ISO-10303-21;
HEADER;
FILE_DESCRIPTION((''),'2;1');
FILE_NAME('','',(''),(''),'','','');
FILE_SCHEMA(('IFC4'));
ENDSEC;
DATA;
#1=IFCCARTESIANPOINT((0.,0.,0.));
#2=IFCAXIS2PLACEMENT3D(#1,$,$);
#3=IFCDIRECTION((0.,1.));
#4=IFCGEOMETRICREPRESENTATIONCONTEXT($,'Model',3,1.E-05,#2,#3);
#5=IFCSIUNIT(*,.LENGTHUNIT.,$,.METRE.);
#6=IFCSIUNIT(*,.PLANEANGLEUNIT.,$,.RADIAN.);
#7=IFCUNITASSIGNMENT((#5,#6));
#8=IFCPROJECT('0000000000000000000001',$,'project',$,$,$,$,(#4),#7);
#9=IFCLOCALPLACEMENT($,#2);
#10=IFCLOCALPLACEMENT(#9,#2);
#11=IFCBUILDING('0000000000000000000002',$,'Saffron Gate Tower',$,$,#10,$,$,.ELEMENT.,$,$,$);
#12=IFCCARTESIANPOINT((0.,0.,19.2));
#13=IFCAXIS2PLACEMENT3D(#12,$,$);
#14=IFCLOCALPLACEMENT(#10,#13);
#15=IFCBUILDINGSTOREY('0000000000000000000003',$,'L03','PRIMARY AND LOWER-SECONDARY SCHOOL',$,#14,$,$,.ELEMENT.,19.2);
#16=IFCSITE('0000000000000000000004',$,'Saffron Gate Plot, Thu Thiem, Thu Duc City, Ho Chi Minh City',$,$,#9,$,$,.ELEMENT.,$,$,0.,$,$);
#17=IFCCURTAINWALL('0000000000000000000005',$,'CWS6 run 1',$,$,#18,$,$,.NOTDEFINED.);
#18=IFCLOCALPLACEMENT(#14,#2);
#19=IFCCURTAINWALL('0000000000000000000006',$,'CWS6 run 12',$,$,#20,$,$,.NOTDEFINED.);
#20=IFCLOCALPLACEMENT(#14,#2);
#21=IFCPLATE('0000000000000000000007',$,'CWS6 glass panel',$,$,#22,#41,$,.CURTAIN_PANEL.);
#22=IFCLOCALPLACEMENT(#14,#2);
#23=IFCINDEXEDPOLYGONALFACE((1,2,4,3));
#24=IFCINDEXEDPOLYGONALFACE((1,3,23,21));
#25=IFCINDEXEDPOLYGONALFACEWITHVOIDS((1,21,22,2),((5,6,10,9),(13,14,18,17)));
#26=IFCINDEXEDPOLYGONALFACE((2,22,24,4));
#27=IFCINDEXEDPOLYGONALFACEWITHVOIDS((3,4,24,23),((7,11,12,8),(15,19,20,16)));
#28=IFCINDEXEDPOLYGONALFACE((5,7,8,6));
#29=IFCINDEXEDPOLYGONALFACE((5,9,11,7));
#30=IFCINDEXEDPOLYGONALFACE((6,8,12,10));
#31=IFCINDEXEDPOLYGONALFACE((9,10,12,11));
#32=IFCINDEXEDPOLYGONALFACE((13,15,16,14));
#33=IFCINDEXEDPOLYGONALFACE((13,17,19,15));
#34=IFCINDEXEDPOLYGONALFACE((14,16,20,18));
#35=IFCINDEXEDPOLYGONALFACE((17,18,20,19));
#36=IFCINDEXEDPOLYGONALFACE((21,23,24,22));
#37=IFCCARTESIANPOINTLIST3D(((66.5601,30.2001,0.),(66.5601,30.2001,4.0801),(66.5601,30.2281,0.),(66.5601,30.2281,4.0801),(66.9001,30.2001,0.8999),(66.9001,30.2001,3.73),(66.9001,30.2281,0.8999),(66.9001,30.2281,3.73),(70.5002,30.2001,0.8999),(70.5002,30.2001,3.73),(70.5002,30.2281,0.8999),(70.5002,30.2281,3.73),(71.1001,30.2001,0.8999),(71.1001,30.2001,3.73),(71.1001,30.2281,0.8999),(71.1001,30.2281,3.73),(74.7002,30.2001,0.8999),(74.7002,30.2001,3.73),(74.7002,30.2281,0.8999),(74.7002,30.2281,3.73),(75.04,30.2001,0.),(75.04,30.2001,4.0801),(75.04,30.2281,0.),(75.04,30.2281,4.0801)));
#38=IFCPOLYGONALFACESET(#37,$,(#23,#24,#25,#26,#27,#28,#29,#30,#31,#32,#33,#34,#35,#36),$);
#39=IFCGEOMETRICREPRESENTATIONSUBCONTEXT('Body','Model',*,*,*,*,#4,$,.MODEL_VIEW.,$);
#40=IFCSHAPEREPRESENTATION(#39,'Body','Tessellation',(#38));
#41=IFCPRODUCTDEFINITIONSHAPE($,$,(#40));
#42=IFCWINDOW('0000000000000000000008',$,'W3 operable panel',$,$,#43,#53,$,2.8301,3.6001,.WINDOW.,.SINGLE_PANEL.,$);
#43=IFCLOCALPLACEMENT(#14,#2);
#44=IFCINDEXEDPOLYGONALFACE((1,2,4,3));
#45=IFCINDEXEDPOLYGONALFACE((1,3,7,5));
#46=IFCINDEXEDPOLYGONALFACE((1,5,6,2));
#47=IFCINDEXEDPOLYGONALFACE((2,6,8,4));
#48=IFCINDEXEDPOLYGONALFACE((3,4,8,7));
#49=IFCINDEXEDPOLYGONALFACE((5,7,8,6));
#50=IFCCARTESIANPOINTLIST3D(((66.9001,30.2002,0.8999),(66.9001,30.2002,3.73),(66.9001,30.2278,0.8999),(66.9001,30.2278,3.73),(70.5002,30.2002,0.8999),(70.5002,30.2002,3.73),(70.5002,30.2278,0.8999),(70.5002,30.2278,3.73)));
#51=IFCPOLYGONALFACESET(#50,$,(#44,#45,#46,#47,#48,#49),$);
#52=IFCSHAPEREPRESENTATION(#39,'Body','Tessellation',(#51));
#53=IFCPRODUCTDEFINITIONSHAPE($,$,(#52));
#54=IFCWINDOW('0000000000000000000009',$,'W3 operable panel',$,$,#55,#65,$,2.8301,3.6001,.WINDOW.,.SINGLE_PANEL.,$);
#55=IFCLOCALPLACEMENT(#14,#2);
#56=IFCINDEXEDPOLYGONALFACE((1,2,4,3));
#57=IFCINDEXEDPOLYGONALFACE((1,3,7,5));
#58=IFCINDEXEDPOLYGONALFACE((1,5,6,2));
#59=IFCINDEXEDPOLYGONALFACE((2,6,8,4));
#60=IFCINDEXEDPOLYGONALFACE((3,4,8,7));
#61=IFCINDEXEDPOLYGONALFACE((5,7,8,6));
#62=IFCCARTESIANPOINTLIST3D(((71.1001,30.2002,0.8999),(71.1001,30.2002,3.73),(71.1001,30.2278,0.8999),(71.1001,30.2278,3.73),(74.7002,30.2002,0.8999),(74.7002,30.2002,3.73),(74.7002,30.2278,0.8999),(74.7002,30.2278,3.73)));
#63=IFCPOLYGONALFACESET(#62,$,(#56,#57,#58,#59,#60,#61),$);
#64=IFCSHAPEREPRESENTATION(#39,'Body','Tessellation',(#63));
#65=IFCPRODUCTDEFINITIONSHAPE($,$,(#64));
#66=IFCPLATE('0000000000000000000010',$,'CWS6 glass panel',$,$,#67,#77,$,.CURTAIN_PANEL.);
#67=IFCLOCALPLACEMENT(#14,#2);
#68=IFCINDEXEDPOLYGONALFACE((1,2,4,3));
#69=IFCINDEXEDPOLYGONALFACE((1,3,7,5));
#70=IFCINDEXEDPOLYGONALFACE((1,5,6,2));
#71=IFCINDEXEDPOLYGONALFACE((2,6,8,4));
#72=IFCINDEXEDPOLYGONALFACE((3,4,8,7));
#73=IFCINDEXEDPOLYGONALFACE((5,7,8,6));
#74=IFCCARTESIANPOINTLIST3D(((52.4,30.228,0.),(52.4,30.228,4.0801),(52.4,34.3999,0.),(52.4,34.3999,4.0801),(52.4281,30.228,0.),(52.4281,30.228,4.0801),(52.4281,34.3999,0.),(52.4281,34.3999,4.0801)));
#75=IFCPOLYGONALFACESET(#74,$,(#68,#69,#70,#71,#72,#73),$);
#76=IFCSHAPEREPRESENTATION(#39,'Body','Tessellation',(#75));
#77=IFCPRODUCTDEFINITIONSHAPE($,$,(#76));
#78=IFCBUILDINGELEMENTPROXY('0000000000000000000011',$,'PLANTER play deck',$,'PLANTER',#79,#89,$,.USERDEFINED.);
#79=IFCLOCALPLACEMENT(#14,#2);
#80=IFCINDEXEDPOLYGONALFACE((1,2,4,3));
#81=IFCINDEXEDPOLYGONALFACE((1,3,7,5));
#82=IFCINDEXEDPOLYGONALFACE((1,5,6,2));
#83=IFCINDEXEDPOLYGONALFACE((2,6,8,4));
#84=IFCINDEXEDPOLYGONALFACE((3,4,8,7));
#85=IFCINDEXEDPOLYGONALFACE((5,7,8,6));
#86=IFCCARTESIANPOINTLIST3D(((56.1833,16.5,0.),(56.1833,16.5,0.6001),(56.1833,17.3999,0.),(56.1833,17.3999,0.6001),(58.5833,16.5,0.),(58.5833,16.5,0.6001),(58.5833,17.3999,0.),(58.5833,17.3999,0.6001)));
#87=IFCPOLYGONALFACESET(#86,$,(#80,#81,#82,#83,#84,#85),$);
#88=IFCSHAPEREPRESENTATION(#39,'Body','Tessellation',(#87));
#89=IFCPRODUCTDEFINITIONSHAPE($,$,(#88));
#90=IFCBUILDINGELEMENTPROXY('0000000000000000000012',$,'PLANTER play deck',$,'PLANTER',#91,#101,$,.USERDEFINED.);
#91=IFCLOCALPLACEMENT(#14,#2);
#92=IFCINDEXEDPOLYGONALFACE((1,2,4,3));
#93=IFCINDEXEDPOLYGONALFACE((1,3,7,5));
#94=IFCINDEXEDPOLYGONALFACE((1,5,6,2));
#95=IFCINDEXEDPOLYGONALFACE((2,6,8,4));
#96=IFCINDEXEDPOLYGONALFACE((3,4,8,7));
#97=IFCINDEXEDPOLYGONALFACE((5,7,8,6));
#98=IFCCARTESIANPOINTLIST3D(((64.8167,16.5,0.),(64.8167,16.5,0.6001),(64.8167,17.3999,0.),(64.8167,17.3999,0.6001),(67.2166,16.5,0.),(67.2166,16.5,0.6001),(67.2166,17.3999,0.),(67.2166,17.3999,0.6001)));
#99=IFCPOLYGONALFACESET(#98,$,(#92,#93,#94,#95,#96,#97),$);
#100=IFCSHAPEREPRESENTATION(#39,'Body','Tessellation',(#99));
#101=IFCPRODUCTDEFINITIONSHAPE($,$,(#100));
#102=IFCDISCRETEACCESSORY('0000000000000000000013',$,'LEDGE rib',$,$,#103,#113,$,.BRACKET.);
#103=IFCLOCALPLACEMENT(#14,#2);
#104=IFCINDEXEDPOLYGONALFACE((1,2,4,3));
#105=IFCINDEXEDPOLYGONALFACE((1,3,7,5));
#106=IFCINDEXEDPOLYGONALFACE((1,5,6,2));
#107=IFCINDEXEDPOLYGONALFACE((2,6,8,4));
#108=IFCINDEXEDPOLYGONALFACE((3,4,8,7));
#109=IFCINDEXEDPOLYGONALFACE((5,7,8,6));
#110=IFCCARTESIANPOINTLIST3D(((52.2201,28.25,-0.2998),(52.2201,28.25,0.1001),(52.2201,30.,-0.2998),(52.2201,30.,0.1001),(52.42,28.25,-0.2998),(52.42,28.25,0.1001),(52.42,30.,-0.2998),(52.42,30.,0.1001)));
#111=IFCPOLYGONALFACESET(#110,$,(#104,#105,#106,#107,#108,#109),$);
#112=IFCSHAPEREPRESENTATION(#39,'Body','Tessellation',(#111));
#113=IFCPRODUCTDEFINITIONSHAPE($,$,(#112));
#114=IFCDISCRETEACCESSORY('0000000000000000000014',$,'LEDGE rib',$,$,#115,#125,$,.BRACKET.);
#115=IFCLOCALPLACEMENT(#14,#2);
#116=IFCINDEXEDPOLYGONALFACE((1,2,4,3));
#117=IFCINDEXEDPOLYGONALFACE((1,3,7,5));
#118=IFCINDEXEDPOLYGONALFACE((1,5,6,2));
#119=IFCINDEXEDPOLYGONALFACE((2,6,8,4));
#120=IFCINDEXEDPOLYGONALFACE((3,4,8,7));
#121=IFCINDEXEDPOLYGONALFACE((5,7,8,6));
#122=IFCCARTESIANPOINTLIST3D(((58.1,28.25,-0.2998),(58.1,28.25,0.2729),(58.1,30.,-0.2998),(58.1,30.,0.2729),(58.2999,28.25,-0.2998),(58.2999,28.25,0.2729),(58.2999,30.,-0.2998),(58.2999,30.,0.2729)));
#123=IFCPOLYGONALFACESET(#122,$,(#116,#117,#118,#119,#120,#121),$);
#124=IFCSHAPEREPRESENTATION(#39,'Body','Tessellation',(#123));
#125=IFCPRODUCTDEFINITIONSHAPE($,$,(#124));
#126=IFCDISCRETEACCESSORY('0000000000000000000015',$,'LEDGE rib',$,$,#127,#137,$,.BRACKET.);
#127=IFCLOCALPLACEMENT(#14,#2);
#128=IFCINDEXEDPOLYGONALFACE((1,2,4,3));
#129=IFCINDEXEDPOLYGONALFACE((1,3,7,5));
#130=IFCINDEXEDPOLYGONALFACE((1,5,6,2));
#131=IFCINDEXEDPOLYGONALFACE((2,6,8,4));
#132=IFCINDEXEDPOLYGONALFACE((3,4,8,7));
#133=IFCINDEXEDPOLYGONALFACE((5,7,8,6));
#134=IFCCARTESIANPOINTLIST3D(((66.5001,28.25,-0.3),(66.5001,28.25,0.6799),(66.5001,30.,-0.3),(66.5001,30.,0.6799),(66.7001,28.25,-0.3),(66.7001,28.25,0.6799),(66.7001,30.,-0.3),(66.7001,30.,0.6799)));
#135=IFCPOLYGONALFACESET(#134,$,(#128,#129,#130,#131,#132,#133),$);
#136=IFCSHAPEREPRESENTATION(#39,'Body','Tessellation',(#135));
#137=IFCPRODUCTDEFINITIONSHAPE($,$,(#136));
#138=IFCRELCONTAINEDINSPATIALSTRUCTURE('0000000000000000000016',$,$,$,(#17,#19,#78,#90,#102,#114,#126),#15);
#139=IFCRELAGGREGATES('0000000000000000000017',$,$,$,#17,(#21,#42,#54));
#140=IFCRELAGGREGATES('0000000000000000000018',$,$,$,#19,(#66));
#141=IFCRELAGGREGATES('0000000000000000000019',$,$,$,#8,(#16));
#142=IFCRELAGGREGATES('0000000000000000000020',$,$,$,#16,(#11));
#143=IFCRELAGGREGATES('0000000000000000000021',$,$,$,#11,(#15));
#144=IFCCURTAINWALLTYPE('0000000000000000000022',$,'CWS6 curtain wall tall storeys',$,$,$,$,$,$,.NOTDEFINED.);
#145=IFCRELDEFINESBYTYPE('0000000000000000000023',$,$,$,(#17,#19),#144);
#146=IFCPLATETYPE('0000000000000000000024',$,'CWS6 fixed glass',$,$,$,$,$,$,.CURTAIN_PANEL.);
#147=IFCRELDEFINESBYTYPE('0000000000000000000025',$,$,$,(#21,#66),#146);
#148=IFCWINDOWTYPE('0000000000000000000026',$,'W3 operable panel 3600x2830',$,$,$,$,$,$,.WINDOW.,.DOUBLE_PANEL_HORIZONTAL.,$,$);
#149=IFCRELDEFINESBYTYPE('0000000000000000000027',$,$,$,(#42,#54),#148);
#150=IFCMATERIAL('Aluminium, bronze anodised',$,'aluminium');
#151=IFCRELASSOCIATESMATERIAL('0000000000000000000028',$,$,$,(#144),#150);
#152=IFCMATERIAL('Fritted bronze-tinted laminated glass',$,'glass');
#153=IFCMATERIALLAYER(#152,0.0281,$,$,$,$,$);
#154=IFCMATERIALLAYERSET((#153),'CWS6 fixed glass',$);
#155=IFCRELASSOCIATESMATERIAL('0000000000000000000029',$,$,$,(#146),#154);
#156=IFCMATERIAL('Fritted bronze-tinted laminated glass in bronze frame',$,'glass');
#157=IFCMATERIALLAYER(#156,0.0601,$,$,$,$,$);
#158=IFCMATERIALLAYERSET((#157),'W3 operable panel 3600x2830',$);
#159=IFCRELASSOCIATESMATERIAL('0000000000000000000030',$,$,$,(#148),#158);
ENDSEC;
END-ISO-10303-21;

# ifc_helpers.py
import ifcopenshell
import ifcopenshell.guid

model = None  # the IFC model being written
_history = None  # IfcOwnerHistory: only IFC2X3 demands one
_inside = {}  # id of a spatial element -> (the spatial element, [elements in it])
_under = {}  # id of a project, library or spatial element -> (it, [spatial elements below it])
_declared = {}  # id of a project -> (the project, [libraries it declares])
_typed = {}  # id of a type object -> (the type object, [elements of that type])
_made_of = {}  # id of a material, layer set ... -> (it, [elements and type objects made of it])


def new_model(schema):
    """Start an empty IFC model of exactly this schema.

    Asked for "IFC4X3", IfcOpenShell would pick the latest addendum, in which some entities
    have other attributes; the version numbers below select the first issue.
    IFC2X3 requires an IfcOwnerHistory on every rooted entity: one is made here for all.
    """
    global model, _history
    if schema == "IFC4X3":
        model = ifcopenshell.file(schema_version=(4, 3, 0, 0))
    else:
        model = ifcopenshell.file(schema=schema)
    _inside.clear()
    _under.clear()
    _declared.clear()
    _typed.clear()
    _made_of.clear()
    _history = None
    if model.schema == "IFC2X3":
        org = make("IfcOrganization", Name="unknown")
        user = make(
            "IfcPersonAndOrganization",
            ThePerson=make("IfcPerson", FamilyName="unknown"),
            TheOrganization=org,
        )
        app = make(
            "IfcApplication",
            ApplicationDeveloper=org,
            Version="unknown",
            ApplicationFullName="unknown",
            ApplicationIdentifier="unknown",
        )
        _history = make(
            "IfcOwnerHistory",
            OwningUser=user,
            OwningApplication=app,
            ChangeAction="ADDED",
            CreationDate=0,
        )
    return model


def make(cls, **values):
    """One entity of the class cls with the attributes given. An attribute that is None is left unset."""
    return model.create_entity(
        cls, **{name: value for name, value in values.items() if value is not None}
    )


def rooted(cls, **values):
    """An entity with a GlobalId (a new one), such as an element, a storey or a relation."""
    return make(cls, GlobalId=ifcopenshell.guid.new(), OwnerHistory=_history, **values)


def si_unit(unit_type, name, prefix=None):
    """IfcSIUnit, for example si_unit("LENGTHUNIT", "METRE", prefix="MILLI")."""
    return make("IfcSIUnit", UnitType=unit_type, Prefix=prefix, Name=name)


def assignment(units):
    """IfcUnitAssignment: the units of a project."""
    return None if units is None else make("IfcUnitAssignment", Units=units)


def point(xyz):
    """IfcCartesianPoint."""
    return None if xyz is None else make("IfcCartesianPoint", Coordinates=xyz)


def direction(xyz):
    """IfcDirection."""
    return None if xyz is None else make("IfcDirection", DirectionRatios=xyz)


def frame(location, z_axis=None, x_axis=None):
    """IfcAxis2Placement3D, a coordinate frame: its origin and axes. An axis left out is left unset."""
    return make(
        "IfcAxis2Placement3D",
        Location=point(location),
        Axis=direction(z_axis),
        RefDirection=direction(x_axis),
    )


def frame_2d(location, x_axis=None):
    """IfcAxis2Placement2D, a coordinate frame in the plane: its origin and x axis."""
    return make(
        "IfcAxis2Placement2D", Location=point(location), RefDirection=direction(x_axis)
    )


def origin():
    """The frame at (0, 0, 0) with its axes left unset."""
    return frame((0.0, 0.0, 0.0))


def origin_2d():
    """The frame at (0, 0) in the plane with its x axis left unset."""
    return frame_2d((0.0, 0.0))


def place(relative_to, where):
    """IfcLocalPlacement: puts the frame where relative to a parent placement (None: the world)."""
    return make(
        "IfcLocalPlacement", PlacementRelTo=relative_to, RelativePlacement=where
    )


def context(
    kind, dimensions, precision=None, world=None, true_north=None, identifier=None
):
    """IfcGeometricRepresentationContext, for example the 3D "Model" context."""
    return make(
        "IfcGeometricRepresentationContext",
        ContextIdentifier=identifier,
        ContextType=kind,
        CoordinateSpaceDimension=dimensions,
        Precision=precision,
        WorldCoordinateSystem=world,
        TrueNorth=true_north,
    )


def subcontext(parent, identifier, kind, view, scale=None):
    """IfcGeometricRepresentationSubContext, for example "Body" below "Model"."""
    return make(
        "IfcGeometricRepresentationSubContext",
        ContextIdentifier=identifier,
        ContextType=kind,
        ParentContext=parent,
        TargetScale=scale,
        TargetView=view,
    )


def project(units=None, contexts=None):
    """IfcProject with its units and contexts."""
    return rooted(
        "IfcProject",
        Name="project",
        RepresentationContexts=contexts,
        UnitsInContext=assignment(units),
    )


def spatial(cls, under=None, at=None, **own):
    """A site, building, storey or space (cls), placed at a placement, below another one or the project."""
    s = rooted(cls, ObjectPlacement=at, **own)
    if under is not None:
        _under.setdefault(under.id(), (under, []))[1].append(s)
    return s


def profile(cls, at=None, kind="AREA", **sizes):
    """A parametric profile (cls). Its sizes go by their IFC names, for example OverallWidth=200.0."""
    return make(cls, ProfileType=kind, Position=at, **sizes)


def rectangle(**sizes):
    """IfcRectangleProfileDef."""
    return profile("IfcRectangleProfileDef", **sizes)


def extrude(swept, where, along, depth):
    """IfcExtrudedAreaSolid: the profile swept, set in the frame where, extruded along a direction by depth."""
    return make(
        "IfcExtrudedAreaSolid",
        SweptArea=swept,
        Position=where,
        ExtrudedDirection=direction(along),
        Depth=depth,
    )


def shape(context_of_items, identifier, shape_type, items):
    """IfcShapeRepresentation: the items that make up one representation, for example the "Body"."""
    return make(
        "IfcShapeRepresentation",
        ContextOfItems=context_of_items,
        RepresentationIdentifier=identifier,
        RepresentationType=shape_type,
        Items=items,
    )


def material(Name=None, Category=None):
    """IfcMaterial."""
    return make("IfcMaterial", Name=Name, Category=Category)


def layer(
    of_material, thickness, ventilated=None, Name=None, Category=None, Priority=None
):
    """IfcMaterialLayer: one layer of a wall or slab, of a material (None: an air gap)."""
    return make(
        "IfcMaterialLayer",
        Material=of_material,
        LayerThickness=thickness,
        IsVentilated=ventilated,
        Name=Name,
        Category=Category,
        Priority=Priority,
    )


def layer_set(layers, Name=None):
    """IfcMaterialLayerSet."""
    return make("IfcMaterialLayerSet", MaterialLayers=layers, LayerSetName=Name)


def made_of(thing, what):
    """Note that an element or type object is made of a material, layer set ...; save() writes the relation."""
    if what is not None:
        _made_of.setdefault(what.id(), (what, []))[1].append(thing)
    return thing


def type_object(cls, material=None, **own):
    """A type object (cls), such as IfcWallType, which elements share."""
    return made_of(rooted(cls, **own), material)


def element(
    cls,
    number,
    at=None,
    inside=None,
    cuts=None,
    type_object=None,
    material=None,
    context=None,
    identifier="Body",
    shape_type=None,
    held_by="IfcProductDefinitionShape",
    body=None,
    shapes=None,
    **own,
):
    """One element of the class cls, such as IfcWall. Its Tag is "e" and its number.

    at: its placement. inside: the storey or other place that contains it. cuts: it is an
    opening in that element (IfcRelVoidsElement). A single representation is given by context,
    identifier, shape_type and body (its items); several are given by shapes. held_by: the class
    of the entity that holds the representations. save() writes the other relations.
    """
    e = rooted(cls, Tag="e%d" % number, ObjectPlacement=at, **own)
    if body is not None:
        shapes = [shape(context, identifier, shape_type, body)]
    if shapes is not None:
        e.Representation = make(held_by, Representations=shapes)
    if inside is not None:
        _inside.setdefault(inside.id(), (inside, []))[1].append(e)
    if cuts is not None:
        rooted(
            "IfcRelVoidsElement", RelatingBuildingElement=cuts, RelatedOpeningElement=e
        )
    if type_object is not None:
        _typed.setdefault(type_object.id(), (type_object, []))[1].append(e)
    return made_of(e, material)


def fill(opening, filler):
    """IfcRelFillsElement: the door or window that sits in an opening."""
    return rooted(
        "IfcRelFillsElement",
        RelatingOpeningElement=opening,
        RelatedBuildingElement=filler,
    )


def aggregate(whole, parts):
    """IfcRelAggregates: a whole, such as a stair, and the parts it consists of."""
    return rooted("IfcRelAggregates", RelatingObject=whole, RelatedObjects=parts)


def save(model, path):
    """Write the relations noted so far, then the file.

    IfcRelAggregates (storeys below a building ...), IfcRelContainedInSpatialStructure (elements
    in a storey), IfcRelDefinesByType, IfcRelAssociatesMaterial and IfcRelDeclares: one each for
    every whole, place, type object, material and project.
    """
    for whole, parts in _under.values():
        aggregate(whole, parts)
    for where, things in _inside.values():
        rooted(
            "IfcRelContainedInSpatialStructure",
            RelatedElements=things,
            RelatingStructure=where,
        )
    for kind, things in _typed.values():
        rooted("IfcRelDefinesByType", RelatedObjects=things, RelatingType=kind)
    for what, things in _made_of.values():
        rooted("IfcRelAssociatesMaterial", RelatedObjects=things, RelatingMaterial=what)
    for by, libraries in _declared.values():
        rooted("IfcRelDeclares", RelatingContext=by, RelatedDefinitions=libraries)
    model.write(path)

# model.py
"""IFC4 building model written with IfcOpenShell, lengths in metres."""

from ifc_helpers import new_model, si_unit, direction, frame, frame_2d, origin, origin_2d, place, context, subcontext, project, spatial, rectangle, extrude, material, layer, layer_set, type_object, element, fill, aggregate, save


model = new_model("IFC4")

# Units and contexts
model_context = context("Model", 3, precision=1e-05, world=origin(), true_north=direction((0.0, 1.0)))
body_context = subcontext(model_context, "Body", "Model", "MODEL_VIEW")
ifc_project = project(units=[si_unit("LENGTHUNIT", "METRE"), si_unit("PLANEANGLEUNIT", "RADIAN")], contexts=[model_context])

# Site, building, storey
site_placement = place(None, origin())
site = spatial("IfcSite", under=ifc_project, at=site_placement, Name="Saffron Gate Plot, Thu Thiem, Thu Duc City, Ho Chi Minh City", CompositionType="ELEMENT", RefElevation=0.0)
building_placement = place(site_placement, origin())
building = spatial("IfcBuilding", under=site, at=building_placement, Name="Saffron Gate Tower", CompositionType="ELEMENT")
storey_placement = place(building_placement, frame((0.0, 0.0, 19.2)))
storey = spatial("IfcBuildingStorey", under=building, at=storey_placement, Name="L03", Description="PRIMARY AND LOWER-SECONDARY SCHOOL", CompositionType="ELEMENT", Elevation=19.2)

# Curtain wall
ifc_material_1 = material(Name="Aluminium, bronze anodised", Category="aluminium")
curtain_wall_type = type_object("IfcCurtainWallType", Name="CWS6 curtain wall tall storeys", PredefinedType="NOTDEFINED", material=ifc_material_1)
curtain_wall_1_placement = place(storey_placement, origin())
curtain_wall_1 = element("IfcCurtainWall", 1, at=curtain_wall_1_placement, inside=storey, type_object=curtain_wall_type, Name="CWS6 run 1", PredefinedType="NOTDEFINED")

# Curtain wall
curtain_wall_2_placement = place(storey_placement, origin())
curtain_wall_2 = element("IfcCurtainWall", 2, at=curtain_wall_2_placement, inside=storey, type_object=curtain_wall_type, Name="CWS6 run 12", PredefinedType="NOTDEFINED")

# Plate, openings, windows
ifc_material_2 = material(Name="Fritted bronze-tinted laminated glass", Category="glass")
ifc_layer_1 = layer(ifc_material_2, 0.0281)
ifc_layer_set_1 = layer_set([ifc_layer_1], Name="CWS6 fixed glass")
plate_type = type_object("IfcPlateType", Name="CWS6 fixed glass", PredefinedType="CURTAIN_PANEL", material=ifc_layer_set_1)
ifc_material_3 = material(Name="Fritted bronze-tinted laminated glass in bronze frame", Category="glass")
ifc_layer_2 = layer(ifc_material_3, 0.0601)
ifc_layer_set_2 = layer_set([ifc_layer_2], Name="W3 operable panel 3600x2830")
window_type_1 = type_object("IfcWindowType", Name="W3 operable panel 3600x2830", PartitioningType="DOUBLE_PANEL_HORIZONTAL", PredefinedType="WINDOW", material=ifc_layer_set_2)
plate_1_placement = place(storey_placement, frame((66.5601, 30.2141, 0.0), z_axis=(0.0, 0.0, 1.0), x_axis=(1.0, 0.0, 0.0)))
plate_1 = element("IfcPlate", 3, at=plate_1_placement, type_object=plate_type, Name="CWS6 glass panel", PredefinedType="CURTAIN_PANEL", context=body_context, shape_type="SweptSolid", body=[
    extrude(rectangle(XDim=8.48, YDim=0.0281, at=frame_2d((4.24, 0.0))), origin(), (0.0, 0.0, 1.0), 4.0801),
])
opening_1_placement = place(plate_1_placement, frame((0.3401, 0.0, 0.8999)))
opening_1 = element("IfcOpeningElement", 4, at=opening_1_placement, cuts=plate_1, PredefinedType="OPENING", context=body_context, shape_type="SweptSolid", body=[
    extrude(rectangle(XDim=3.6001, YDim=2.8301, at=frame_2d((1.8, 1.415))), frame((0.0, 0.0239, 0.0), z_axis=(0.0, -1.0, 0.0), x_axis=(1.0, 0.0, 0.0)), (0.0, 0.0, 1.0), 0.0481),
])
opening_2_placement = place(plate_1_placement, frame((4.54, 0.0, 0.8999)))
opening_2 = element("IfcOpeningElement", 5, at=opening_2_placement, cuts=plate_1, PredefinedType="OPENING", context=body_context, shape_type="SweptSolid", body=[
    extrude(rectangle(XDim=3.6001, YDim=2.8301, at=frame_2d((1.8, 1.415))), frame((0.0, 0.0239, 0.0), z_axis=(0.0, -1.0, 0.0), x_axis=(1.0, 0.0, 0.0)), (0.0, 0.0, 1.0), 0.0481),
])
window_1_placement = place(opening_1_placement, origin())
window_1 = element("IfcWindow", 6, at=window_1_placement, type_object=window_type_1, Name="W3 operable panel", OverallHeight=2.8301, OverallWidth=3.6001, PartitioningType="SINGLE_PANEL", PredefinedType="WINDOW", context=body_context, shape_type="SweptSolid", body=[
    extrude(rectangle(XDim=3.6001, YDim=2.8301, at=frame_2d((1.8, 1.415))), frame((0.0, 0.0137, 0.0), z_axis=(0.0, -1.0, 0.0), x_axis=(1.0, 0.0, 0.0)), (0.0, 0.0, 1.0), 0.0276),
])
fill(opening_1, window_1)
window_2_placement = place(opening_2_placement, origin())
window_2 = element("IfcWindow", 7, at=window_2_placement, type_object=window_type_1, Name="W3 operable panel", OverallHeight=2.8301, OverallWidth=3.6001, PartitioningType="SINGLE_PANEL", PredefinedType="WINDOW", context=body_context, shape_type="SweptSolid", body=[
    extrude(rectangle(XDim=3.6001, YDim=2.8301, at=frame_2d((1.8, 1.415))), frame((0.0, 0.0137, 0.0), z_axis=(0.0, -1.0, 0.0), x_axis=(1.0, 0.0, 0.0)), (0.0, 0.0, 1.0), 0.0276),
])
fill(opening_2, window_2)
aggregate(curtain_wall_1, [plate_1, window_1, window_2])

# Plate
plate_2_placement = place(storey_placement, frame((52.4141, 34.3999, 0.0), z_axis=(0.0, 0.0, 1.0), x_axis=(0.0, -1.0, 0.0)))
plate_2 = element("IfcPlate", 8, at=plate_2_placement, type_object=plate_type, Name="CWS6 glass panel", PredefinedType="CURTAIN_PANEL", context=body_context, shape_type="SweptSolid", body=[
    extrude(rectangle(XDim=4.1719, YDim=0.0281, at=frame_2d((2.0859, 0.0))), origin(), (0.0, 0.0, 1.0), 4.0801),
])
aggregate(curtain_wall_2, [plate_2])

# Building element proxies
for number, where, z_axis, x_axis, name in (
    (9, (57.3833, 16.95, 0.0), (0.0, 0.0, 1.0), (1.0, 0.0, 0.0), "PLANTER play deck"),
    (10, (66.0166, 16.95, 0.0), (0.0, 0.0, 1.0), (1.0, 0.0, 0.0), "PLANTER play deck"),
):
    element("IfcBuildingElementProxy", number, at=place(storey_placement, frame(where, z_axis=z_axis, x_axis=x_axis)), inside=storey, Name=name, ObjectType="PLANTER", PredefinedType="USERDEFINED", context=body_context, shape_type="SweptSolid", body=[
        extrude(rectangle(XDim=2.3999, YDim=0.8999, at=origin_2d()), origin(), (0.0, 0.0, 1.0), 0.6001),
    ])

# Discrete accessories
discrete_accessory_1_placement = place(storey_placement, frame((52.3201, 29.125, -0.2998), z_axis=(0.0, 0.0, 1.0), x_axis=(1.0, 0.0, 0.0)))
element("IfcDiscreteAccessory", 11, at=discrete_accessory_1_placement, inside=storey, Name="LEDGE rib", PredefinedType="BRACKET", context=body_context, shape_type="SweptSolid", body=[
    extrude(rectangle(XDim=0.2, YDim=1.75, at=origin_2d()), origin(), (0.0, 0.0, 1.0), 0.3999),
])
discrete_accessory_2_placement = place(storey_placement, frame((58.2, 29.125, -0.2998), z_axis=(0.0, 0.0, 1.0), x_axis=(1.0, 0.0, 0.0)))
element("IfcDiscreteAccessory", 12, at=discrete_accessory_2_placement, inside=storey, Name="LEDGE rib", PredefinedType="BRACKET", context=body_context, shape_type="SweptSolid", body=[
    extrude(rectangle(XDim=0.2, YDim=1.75, at=origin_2d()), origin(), (0.0, 0.0, 1.0), 0.5728),
])
discrete_accessory_3_placement = place(storey_placement, frame((66.6001, 29.125, -0.3), z_axis=(0.0, 0.0, 1.0), x_axis=(1.0, 0.0, 0.0)))
element("IfcDiscreteAccessory", 13, at=discrete_accessory_3_placement, inside=storey, Name="LEDGE rib", PredefinedType="BRACKET", context=body_context, shape_type="SweptSolid", body=[
    extrude(rectangle(XDim=0.2, YDim=1.75, at=origin_2d()), origin(), (0.0, 0.0, 1.0), 0.98),
])

save(model, "model.ifc")
